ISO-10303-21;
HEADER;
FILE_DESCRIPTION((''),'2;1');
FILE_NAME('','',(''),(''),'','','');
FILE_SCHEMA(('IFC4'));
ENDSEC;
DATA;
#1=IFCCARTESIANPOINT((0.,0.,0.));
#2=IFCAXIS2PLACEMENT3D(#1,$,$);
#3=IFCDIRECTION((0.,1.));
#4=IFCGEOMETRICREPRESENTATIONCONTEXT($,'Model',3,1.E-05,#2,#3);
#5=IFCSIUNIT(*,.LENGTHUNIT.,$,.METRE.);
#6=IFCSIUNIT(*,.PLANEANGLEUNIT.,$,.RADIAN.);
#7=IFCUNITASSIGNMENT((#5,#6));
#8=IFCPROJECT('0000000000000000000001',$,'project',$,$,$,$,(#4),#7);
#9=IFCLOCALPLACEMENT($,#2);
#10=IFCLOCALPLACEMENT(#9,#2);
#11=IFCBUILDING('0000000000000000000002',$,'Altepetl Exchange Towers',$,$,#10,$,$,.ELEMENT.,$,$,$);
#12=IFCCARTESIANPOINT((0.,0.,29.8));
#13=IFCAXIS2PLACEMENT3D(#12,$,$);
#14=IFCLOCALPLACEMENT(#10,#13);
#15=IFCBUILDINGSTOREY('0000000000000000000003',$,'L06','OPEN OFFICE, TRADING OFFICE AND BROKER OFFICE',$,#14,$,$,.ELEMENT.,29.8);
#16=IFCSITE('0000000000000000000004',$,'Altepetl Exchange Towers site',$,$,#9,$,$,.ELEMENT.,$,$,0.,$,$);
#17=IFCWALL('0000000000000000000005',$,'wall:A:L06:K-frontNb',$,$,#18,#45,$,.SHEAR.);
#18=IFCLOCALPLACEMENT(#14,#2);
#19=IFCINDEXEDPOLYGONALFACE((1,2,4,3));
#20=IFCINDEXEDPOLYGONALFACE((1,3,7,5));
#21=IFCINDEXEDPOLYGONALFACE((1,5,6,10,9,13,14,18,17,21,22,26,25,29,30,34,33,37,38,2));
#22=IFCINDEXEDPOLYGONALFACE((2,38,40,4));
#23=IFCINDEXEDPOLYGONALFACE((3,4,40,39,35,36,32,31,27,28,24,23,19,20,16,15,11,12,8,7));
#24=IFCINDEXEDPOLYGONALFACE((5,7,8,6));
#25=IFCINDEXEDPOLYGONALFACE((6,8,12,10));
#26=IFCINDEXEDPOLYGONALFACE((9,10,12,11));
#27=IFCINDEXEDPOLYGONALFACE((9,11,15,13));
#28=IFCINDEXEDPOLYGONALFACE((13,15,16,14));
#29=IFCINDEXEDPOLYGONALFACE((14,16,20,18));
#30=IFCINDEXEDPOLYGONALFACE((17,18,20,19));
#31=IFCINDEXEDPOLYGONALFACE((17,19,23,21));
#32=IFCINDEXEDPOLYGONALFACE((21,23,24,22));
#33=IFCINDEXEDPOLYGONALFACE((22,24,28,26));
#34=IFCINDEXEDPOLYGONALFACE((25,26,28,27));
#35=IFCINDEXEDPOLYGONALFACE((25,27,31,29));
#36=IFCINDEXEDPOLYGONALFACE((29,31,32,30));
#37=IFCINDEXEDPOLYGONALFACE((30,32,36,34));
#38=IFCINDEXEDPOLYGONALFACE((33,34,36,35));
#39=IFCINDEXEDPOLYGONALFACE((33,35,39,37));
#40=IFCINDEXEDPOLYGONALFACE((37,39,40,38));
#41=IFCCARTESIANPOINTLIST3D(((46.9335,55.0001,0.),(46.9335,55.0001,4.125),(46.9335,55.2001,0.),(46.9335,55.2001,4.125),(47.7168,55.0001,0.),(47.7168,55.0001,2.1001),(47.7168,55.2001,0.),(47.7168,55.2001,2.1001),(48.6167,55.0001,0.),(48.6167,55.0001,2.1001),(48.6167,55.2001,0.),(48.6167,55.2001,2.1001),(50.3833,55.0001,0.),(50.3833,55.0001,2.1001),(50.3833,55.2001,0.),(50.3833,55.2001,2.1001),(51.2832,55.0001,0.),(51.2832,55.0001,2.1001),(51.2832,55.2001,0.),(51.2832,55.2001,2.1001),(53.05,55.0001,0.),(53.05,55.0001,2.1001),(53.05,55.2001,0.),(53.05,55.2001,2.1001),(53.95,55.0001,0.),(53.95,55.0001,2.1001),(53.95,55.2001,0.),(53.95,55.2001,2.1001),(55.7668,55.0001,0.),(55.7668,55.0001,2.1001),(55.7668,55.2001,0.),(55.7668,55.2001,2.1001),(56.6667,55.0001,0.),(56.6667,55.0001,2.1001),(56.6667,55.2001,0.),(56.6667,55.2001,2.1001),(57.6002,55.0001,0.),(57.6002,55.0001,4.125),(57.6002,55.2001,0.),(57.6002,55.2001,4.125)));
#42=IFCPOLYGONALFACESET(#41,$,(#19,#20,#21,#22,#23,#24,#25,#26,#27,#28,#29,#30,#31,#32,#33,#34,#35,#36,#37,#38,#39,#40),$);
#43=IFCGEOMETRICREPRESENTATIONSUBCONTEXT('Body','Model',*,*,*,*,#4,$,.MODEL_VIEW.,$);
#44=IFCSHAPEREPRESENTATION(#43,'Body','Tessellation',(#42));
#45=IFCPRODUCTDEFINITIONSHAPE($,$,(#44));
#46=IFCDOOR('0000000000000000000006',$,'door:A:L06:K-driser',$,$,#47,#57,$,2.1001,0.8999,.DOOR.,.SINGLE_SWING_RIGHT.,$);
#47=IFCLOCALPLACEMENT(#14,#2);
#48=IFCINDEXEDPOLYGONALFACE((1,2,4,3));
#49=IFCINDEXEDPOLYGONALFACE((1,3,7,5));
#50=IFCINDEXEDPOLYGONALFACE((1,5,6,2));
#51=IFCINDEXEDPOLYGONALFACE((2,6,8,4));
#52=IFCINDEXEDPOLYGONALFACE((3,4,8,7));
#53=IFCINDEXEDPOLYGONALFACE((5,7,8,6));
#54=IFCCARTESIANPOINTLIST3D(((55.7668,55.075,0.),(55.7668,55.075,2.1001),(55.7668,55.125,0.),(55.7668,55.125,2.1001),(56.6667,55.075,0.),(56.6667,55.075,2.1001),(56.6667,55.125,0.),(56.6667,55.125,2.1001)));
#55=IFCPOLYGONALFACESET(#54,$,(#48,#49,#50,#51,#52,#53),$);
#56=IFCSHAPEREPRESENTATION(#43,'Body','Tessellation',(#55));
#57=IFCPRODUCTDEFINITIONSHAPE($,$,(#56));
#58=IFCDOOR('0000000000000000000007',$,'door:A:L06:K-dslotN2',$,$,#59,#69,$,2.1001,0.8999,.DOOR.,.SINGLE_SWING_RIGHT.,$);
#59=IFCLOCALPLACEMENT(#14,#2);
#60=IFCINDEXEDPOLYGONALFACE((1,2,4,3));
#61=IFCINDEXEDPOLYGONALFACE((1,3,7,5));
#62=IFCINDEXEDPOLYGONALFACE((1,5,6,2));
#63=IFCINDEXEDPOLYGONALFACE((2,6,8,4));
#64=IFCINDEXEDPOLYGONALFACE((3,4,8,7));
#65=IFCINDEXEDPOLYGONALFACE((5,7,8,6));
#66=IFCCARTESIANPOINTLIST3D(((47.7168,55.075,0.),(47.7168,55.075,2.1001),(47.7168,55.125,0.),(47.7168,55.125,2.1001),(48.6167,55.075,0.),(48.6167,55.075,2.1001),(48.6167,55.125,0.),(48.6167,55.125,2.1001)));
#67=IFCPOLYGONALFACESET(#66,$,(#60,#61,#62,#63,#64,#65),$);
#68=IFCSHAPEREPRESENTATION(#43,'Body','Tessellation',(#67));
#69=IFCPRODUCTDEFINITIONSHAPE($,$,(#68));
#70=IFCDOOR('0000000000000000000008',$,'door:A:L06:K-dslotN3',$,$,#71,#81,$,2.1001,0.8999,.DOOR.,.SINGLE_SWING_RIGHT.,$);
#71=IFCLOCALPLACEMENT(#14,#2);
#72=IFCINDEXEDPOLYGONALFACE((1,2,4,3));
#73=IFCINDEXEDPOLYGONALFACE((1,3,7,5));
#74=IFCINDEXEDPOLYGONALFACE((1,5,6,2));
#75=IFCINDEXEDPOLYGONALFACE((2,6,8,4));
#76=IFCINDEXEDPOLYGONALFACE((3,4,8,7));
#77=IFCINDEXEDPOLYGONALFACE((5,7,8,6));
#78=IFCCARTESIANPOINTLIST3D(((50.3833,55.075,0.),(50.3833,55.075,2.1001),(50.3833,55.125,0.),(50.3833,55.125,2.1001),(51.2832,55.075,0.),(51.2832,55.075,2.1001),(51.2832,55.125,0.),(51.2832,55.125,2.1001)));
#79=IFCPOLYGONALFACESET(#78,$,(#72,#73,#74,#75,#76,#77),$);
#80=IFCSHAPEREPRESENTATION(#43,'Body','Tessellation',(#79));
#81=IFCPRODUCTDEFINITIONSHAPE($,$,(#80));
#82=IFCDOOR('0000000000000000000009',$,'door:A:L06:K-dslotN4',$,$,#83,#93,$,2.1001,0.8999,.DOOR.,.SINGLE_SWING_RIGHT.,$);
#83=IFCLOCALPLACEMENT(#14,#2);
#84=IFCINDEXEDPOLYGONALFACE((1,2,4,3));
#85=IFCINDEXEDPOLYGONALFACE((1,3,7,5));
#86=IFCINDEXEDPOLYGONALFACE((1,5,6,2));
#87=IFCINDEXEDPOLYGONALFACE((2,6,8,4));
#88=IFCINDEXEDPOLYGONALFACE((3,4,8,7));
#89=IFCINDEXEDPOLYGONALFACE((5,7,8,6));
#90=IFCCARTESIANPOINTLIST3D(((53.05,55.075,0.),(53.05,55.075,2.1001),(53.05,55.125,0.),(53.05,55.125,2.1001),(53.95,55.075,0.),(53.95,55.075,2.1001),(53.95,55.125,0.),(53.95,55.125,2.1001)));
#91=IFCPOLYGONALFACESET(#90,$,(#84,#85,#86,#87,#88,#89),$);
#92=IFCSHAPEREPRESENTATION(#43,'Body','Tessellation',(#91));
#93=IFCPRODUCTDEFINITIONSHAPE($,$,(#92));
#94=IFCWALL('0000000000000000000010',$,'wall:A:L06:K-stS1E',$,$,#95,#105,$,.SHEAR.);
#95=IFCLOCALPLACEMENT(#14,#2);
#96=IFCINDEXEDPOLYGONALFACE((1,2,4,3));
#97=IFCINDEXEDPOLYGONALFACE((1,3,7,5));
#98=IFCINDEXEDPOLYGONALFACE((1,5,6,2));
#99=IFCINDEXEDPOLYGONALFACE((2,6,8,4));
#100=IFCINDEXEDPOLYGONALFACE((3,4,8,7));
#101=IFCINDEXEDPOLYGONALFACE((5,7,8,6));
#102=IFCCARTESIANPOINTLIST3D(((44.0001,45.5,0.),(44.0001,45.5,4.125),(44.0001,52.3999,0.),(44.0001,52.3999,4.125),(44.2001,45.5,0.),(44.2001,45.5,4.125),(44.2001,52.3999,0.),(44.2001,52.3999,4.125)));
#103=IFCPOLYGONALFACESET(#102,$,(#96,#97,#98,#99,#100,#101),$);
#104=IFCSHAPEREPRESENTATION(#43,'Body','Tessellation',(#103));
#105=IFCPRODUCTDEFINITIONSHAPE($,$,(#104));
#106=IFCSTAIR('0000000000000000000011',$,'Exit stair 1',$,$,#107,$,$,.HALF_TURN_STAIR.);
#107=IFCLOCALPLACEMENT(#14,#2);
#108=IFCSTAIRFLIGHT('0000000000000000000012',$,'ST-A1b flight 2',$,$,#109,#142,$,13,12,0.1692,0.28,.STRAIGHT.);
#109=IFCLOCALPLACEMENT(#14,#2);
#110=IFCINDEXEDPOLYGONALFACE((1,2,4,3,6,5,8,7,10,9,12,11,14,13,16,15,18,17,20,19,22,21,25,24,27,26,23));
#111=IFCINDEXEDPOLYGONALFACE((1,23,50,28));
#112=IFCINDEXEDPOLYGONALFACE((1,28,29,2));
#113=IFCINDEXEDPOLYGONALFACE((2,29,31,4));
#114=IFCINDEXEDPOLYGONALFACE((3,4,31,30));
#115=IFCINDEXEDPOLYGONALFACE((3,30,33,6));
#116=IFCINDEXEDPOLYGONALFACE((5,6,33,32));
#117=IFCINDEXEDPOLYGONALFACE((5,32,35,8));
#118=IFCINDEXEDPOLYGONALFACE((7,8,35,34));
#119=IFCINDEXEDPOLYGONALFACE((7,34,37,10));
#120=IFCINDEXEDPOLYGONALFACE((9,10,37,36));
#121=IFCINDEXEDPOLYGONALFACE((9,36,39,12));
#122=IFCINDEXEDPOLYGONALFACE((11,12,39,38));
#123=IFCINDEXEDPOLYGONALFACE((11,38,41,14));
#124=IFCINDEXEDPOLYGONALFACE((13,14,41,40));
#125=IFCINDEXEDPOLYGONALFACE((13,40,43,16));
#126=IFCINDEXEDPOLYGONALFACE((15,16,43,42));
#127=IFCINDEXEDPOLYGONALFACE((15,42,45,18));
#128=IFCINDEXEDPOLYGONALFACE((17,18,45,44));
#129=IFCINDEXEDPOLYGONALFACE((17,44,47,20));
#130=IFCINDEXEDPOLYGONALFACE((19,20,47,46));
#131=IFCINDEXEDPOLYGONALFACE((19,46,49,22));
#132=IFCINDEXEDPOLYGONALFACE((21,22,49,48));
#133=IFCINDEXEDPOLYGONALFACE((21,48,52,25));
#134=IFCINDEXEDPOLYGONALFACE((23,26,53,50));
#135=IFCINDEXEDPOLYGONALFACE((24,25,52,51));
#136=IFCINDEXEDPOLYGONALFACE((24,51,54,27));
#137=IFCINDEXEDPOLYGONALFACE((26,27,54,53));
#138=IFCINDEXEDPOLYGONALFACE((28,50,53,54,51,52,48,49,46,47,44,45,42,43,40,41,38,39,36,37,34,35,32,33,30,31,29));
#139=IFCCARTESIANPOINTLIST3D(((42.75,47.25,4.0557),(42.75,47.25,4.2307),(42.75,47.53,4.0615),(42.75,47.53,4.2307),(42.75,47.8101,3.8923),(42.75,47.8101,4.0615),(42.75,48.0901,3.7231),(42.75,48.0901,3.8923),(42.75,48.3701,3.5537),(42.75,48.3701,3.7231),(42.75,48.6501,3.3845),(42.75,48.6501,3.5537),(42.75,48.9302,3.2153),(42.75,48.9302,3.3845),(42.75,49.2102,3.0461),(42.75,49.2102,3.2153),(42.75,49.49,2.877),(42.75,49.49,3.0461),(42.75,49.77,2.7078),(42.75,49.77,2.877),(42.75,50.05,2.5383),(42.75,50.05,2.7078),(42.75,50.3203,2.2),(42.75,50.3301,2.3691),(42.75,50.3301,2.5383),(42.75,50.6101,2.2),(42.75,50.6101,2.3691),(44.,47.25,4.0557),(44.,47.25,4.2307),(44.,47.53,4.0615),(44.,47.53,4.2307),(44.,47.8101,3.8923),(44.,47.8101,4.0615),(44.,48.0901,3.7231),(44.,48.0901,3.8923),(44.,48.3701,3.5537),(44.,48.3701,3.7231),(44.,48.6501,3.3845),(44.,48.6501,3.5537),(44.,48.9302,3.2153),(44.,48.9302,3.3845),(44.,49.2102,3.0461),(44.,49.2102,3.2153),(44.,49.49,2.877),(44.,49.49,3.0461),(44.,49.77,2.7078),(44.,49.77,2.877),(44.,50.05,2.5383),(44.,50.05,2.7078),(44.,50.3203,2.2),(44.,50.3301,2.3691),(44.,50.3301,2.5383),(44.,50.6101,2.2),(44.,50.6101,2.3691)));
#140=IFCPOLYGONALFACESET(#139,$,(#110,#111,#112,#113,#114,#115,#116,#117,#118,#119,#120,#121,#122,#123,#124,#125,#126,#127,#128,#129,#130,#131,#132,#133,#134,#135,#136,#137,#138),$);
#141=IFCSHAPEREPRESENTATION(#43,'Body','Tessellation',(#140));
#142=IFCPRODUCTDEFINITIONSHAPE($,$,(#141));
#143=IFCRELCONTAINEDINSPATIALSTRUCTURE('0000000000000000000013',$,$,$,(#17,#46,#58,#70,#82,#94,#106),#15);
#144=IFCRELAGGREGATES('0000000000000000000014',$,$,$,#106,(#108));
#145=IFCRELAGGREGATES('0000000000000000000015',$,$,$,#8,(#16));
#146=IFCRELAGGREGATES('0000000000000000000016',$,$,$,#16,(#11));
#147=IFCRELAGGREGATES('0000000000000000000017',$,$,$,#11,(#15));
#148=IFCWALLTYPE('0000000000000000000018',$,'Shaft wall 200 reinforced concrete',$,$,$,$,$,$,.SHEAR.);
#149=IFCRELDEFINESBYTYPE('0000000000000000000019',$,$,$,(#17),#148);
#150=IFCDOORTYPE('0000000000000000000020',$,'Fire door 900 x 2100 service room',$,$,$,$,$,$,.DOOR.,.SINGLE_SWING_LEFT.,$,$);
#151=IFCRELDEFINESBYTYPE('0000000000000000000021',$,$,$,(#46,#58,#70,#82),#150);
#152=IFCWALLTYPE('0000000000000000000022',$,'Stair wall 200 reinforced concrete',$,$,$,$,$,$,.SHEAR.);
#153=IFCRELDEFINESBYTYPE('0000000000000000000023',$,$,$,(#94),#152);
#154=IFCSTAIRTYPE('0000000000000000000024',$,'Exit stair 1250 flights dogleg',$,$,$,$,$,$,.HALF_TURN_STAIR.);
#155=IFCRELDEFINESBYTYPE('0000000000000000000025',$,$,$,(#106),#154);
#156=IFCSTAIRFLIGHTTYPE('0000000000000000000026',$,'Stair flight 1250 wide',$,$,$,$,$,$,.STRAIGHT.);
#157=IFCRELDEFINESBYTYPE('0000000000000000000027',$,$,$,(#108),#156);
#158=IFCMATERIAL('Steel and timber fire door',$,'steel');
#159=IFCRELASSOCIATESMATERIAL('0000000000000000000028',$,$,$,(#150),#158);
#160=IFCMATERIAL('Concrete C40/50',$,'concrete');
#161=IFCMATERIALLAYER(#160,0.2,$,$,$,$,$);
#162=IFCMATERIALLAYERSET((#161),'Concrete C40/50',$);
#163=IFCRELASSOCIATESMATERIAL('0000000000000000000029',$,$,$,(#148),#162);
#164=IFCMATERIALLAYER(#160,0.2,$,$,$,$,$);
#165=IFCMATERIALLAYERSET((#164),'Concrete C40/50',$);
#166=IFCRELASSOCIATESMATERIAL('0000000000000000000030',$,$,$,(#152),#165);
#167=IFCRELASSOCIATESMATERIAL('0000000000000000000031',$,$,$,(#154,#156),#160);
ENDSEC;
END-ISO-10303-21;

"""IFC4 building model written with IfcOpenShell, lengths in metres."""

from ifc_helpers import new_model, si_unit, direction, frame, frame_2d, origin, place, context, subcontext, project, spatial, polyline, rectangle, outline, extrude, material, layer, layer_set, type_object, element, fill, aggregate, save


model = new_model("IFC4")

# Units and contexts
model_context = context("Model", 3, precision=1e-05, world=origin(), true_north=direction((0.0, 1.0)))
body_context = subcontext(model_context, "Body", "Model", "MODEL_VIEW")
ifc_project = project(units=[si_unit("LENGTHUNIT", "METRE"), si_unit("PLANEANGLEUNIT", "RADIAN")], contexts=[model_context])

# Site, building, storey
site_placement = place(None, origin())
site = spatial("IfcSite", under=ifc_project, at=site_placement, Name="Altepetl Exchange Towers site", CompositionType="ELEMENT", RefElevation=0.0)
building_placement = place(site_placement, origin())
building = spatial("IfcBuilding", under=site, at=building_placement, Name="Altepetl Exchange Towers", CompositionType="ELEMENT")
storey_placement = place(building_placement, frame((0.0, 0.0, 29.8)))
storey = spatial("IfcBuildingStorey", under=building, at=storey_placement, Name="L06", Description="OPEN OFFICE, TRADING OFFICE AND BROKER OFFICE", CompositionType="ELEMENT", Elevation=29.8)

# Shared definitions
ifc_material_1 = material(Name="Steel and timber fire door", Category="steel")

# Shared definitions
door_type_1 = type_object("IfcDoorType", Name="Fire door 900 x 2100 service room", OperationType="SINGLE_SWING_LEFT", PredefinedType="DOOR", material=ifc_material_1)

# Shared definitions
ifc_material_2 = material(Name="Concrete C40/50", Category="concrete")
ifc_layer_1 = layer(ifc_material_2, 0.2)
ifc_layer_set_1 = layer_set([ifc_layer_1], Name="Concrete C40/50")
wall_type_1 = type_object("IfcWallType", Name="Shaft wall 200 reinforced concrete", PredefinedType="SHEAR", material=ifc_layer_set_1)

# Wall, openings, doors
wall_1_placement = place(storey_placement, frame((46.9333, 55.1001, 0.0)))
wall_1 = element("IfcWall", 1, at=wall_1_placement, inside=storey, type_object=wall_type_1, Name="wall:A:L06:K-frontNb", PredefinedType="SHEAR", context=body_context, shape_type="SweptSolid", body=[
    extrude(rectangle(XDim=10.6667, YDim=0.2, at=frame_2d((5.3335, 0.0))), origin(), (0.0, 0.0, 1.0), 4.125),
])
opening_1_placement = place(wall_1_placement, frame((8.8335, 0.0, 0.0)))
opening_1 = element("IfcOpeningElement", 2, at=opening_1_placement, cuts=wall_1, PredefinedType="OPENING", context=body_context, shape_type="SweptSolid", body=[
    extrude(rectangle(XDim=0.8999, YDim=2.1001, at=frame_2d((0.45, 1.05))), frame((0.0, 0.1099, 0.0), z_axis=(0.0, -1.0, 0.0), x_axis=(1.0, 0.0, 0.0)), (0.0, 0.0, 1.0), 0.22),
])
opening_2_placement = place(wall_1_placement, frame((0.7834, 0.0, 0.0)))
opening_2 = element("IfcOpeningElement", 3, at=opening_2_placement, cuts=wall_1, PredefinedType="OPENING", context=body_context, shape_type="SweptSolid", body=[
    extrude(rectangle(XDim=0.8999, YDim=2.1001, at=frame_2d((0.45, 1.05))), frame((0.0, 0.1099, 0.0), z_axis=(0.0, -1.0, 0.0), x_axis=(1.0, 0.0, 0.0)), (0.0, 0.0, 1.0), 0.22),
])
opening_3_placement = place(wall_1_placement, frame((3.45, 0.0, 0.0)))
opening_3 = element("IfcOpeningElement", 4, at=opening_3_placement, cuts=wall_1, PredefinedType="OPENING", context=body_context, shape_type="SweptSolid", body=[
    extrude(rectangle(XDim=0.8999, YDim=2.1001, at=frame_2d((0.45, 1.05))), frame((0.0, 0.1099, 0.0), z_axis=(0.0, -1.0, 0.0), x_axis=(1.0, 0.0, 0.0)), (0.0, 0.0, 1.0), 0.22),
])
opening_4_placement = place(wall_1_placement, frame((6.1167, 0.0, 0.0)))
opening_4 = element("IfcOpeningElement", 5, at=opening_4_placement, cuts=wall_1, PredefinedType="OPENING", context=body_context, shape_type="SweptSolid", body=[
    extrude(rectangle(XDim=0.8999, YDim=2.1001, at=frame_2d((0.45, 1.05))), frame((0.0, 0.1099, 0.0), z_axis=(0.0, -1.0, 0.0), x_axis=(1.0, 0.0, 0.0)), (0.0, 0.0, 1.0), 0.22),
])
door_1_placement = place(opening_1_placement, origin())
door_1 = element("IfcDoor", 6, at=door_1_placement, inside=storey, type_object=door_type_1, Name="door:A:L06:K-driser", OperationType="SINGLE_SWING_RIGHT", OverallHeight=2.1001, OverallWidth=0.8999, PredefinedType="DOOR", context=body_context, shape_type="SweptSolid", body=[
    extrude(rectangle(XDim=0.8999, YDim=2.1001, at=frame_2d((0.45, 1.05))), frame((0.0, 0.0249, 0.0), z_axis=(0.0, -1.0, 0.0), x_axis=(1.0, 0.0, 0.0)), (0.0, 0.0, 1.0), 0.05),
])
fill(opening_1, door_1)
door_2_placement = place(opening_2_placement, origin())
door_2 = element("IfcDoor", 7, at=door_2_placement, inside=storey, type_object=door_type_1, Name="door:A:L06:K-dslotN2", OperationType="SINGLE_SWING_RIGHT", OverallHeight=2.1001, OverallWidth=0.8999, PredefinedType="DOOR", context=body_context, shape_type="SweptSolid", body=[
    extrude(rectangle(XDim=0.8999, YDim=2.1001, at=frame_2d((0.45, 1.05))), frame((0.0, 0.0249, 0.0), z_axis=(0.0, -1.0, 0.0), x_axis=(1.0, 0.0, 0.0)), (0.0, 0.0, 1.0), 0.05),
])
fill(opening_2, door_2)
door_3_placement = place(opening_3_placement, origin())
door_3 = element("IfcDoor", 8, at=door_3_placement, inside=storey, type_object=door_type_1, Name="door:A:L06:K-dslotN3", OperationType="SINGLE_SWING_RIGHT", OverallHeight=2.1001, OverallWidth=0.8999, PredefinedType="DOOR", context=body_context, shape_type="SweptSolid", body=[
    extrude(rectangle(XDim=0.8999, YDim=2.1001, at=frame_2d((0.45, 1.05))), frame((0.0, 0.0249, 0.0), z_axis=(0.0, -1.0, 0.0), x_axis=(1.0, 0.0, 0.0)), (0.0, 0.0, 1.0), 0.05),
])
fill(opening_3, door_3)
door_4_placement = place(opening_4_placement, origin())
door_4 = element("IfcDoor", 9, at=door_4_placement, inside=storey, type_object=door_type_1, Name="door:A:L06:K-dslotN4", OperationType="SINGLE_SWING_RIGHT", OverallHeight=2.1001, OverallWidth=0.8999, PredefinedType="DOOR", context=body_context, shape_type="SweptSolid", body=[
    extrude(rectangle(XDim=0.8999, YDim=2.1001, at=frame_2d((0.45, 1.05))), frame((0.0, 0.0249, 0.0), z_axis=(0.0, -1.0, 0.0), x_axis=(1.0, 0.0, 0.0)), (0.0, 0.0, 1.0), 0.05),
])
fill(opening_4, door_4)

# Wall
ifc_layer_2 = layer(ifc_material_2, 0.2)
ifc_layer_set_2 = layer_set([ifc_layer_2], Name="Concrete C40/50")
wall_type_2 = type_object("IfcWallType", Name="Stair wall 200 reinforced concrete", PredefinedType="SHEAR", material=ifc_layer_set_2)
wall_2_placement = place(storey_placement, frame((44.1001, 45.5, 0.0), z_axis=(0.0, 0.0, 1.0), x_axis=(0.0, 1.0, 0.0)))
element("IfcWall", 10, at=wall_2_placement, inside=storey, type_object=wall_type_2, Name="wall:A:L06:K-stS1E", PredefinedType="SHEAR", context=body_context, shape_type="SweptSolid", body=[
    extrude(rectangle(XDim=6.8999, YDim=0.2, at=frame_2d((3.45, 0.0))), origin(), (0.0, 0.0, 1.0), 4.125),
])

# Stair, stair flight
stair_type = type_object("IfcStairType", Name="Exit stair 1250 flights dogleg", PredefinedType="HALF_TURN_STAIR", material=ifc_material_2)
stair_placement = place(storey_placement, origin())
stair = element("IfcStair", 11, at=stair_placement, inside=storey, type_object=stair_type, Name="Exit stair 1", PredefinedType="HALF_TURN_STAIR")
stair_flight_type = type_object("IfcStairFlightType", Name="Stair flight 1250 wide", PredefinedType="STRAIGHT", material=ifc_material_2)
stair_flight_placement = place(storey_placement, frame((43.375, 50.6101, 2.2), z_axis=(0.0, 0.0, 1.0), x_axis=(0.0, -1.0, 0.0)))
stair_flight = element("IfcStairFlight", 12, at=stair_flight_placement, type_object=stair_flight_type, Name="ST-A1b flight 2", NumberOfRisers=13, NumberOfTreads=12, PredefinedType="STRAIGHT", RiserHeight=0.1692, TreadLength=0.28, context=body_context, shape_type="SweptSolid", body=[
    extrude(outline(polyline([(0.0, 0.0), (0.0, 0.1692), (0.28, 0.1692), (0.28, 0.3384), (0.5601, 0.3384), (0.5601, 0.5078), (0.8401, 0.5078), (0.8401, 0.677), (1.1201, 0.677), (1.1201, 0.8462), (1.3999, 0.8462), (1.3999, 1.0154), (1.6799, 1.0154), (1.6799, 1.1846), (1.96, 1.1846), (1.96, 1.3538), (2.24, 1.3538), (2.24, 1.5232), (2.52, 1.5232), (2.52, 1.6924), (2.8, 1.6924), (2.8, 1.8616), (3.0801, 1.8616), (3.0801, 2.0308), (3.3601, 2.0308), (3.3601, 2.2), (3.3601, 1.8557), (0.2898, 0.0), (0.0, 0.0)])), frame((0.0, 0.625, 0.0), z_axis=(0.0, -1.0, 0.0), x_axis=(1.0, 0.0, 0.0)), (0.0, 0.0, 1.0), 1.25),
])
aggregate(stair, [stair_flight])

save(model, "model.ifc")
